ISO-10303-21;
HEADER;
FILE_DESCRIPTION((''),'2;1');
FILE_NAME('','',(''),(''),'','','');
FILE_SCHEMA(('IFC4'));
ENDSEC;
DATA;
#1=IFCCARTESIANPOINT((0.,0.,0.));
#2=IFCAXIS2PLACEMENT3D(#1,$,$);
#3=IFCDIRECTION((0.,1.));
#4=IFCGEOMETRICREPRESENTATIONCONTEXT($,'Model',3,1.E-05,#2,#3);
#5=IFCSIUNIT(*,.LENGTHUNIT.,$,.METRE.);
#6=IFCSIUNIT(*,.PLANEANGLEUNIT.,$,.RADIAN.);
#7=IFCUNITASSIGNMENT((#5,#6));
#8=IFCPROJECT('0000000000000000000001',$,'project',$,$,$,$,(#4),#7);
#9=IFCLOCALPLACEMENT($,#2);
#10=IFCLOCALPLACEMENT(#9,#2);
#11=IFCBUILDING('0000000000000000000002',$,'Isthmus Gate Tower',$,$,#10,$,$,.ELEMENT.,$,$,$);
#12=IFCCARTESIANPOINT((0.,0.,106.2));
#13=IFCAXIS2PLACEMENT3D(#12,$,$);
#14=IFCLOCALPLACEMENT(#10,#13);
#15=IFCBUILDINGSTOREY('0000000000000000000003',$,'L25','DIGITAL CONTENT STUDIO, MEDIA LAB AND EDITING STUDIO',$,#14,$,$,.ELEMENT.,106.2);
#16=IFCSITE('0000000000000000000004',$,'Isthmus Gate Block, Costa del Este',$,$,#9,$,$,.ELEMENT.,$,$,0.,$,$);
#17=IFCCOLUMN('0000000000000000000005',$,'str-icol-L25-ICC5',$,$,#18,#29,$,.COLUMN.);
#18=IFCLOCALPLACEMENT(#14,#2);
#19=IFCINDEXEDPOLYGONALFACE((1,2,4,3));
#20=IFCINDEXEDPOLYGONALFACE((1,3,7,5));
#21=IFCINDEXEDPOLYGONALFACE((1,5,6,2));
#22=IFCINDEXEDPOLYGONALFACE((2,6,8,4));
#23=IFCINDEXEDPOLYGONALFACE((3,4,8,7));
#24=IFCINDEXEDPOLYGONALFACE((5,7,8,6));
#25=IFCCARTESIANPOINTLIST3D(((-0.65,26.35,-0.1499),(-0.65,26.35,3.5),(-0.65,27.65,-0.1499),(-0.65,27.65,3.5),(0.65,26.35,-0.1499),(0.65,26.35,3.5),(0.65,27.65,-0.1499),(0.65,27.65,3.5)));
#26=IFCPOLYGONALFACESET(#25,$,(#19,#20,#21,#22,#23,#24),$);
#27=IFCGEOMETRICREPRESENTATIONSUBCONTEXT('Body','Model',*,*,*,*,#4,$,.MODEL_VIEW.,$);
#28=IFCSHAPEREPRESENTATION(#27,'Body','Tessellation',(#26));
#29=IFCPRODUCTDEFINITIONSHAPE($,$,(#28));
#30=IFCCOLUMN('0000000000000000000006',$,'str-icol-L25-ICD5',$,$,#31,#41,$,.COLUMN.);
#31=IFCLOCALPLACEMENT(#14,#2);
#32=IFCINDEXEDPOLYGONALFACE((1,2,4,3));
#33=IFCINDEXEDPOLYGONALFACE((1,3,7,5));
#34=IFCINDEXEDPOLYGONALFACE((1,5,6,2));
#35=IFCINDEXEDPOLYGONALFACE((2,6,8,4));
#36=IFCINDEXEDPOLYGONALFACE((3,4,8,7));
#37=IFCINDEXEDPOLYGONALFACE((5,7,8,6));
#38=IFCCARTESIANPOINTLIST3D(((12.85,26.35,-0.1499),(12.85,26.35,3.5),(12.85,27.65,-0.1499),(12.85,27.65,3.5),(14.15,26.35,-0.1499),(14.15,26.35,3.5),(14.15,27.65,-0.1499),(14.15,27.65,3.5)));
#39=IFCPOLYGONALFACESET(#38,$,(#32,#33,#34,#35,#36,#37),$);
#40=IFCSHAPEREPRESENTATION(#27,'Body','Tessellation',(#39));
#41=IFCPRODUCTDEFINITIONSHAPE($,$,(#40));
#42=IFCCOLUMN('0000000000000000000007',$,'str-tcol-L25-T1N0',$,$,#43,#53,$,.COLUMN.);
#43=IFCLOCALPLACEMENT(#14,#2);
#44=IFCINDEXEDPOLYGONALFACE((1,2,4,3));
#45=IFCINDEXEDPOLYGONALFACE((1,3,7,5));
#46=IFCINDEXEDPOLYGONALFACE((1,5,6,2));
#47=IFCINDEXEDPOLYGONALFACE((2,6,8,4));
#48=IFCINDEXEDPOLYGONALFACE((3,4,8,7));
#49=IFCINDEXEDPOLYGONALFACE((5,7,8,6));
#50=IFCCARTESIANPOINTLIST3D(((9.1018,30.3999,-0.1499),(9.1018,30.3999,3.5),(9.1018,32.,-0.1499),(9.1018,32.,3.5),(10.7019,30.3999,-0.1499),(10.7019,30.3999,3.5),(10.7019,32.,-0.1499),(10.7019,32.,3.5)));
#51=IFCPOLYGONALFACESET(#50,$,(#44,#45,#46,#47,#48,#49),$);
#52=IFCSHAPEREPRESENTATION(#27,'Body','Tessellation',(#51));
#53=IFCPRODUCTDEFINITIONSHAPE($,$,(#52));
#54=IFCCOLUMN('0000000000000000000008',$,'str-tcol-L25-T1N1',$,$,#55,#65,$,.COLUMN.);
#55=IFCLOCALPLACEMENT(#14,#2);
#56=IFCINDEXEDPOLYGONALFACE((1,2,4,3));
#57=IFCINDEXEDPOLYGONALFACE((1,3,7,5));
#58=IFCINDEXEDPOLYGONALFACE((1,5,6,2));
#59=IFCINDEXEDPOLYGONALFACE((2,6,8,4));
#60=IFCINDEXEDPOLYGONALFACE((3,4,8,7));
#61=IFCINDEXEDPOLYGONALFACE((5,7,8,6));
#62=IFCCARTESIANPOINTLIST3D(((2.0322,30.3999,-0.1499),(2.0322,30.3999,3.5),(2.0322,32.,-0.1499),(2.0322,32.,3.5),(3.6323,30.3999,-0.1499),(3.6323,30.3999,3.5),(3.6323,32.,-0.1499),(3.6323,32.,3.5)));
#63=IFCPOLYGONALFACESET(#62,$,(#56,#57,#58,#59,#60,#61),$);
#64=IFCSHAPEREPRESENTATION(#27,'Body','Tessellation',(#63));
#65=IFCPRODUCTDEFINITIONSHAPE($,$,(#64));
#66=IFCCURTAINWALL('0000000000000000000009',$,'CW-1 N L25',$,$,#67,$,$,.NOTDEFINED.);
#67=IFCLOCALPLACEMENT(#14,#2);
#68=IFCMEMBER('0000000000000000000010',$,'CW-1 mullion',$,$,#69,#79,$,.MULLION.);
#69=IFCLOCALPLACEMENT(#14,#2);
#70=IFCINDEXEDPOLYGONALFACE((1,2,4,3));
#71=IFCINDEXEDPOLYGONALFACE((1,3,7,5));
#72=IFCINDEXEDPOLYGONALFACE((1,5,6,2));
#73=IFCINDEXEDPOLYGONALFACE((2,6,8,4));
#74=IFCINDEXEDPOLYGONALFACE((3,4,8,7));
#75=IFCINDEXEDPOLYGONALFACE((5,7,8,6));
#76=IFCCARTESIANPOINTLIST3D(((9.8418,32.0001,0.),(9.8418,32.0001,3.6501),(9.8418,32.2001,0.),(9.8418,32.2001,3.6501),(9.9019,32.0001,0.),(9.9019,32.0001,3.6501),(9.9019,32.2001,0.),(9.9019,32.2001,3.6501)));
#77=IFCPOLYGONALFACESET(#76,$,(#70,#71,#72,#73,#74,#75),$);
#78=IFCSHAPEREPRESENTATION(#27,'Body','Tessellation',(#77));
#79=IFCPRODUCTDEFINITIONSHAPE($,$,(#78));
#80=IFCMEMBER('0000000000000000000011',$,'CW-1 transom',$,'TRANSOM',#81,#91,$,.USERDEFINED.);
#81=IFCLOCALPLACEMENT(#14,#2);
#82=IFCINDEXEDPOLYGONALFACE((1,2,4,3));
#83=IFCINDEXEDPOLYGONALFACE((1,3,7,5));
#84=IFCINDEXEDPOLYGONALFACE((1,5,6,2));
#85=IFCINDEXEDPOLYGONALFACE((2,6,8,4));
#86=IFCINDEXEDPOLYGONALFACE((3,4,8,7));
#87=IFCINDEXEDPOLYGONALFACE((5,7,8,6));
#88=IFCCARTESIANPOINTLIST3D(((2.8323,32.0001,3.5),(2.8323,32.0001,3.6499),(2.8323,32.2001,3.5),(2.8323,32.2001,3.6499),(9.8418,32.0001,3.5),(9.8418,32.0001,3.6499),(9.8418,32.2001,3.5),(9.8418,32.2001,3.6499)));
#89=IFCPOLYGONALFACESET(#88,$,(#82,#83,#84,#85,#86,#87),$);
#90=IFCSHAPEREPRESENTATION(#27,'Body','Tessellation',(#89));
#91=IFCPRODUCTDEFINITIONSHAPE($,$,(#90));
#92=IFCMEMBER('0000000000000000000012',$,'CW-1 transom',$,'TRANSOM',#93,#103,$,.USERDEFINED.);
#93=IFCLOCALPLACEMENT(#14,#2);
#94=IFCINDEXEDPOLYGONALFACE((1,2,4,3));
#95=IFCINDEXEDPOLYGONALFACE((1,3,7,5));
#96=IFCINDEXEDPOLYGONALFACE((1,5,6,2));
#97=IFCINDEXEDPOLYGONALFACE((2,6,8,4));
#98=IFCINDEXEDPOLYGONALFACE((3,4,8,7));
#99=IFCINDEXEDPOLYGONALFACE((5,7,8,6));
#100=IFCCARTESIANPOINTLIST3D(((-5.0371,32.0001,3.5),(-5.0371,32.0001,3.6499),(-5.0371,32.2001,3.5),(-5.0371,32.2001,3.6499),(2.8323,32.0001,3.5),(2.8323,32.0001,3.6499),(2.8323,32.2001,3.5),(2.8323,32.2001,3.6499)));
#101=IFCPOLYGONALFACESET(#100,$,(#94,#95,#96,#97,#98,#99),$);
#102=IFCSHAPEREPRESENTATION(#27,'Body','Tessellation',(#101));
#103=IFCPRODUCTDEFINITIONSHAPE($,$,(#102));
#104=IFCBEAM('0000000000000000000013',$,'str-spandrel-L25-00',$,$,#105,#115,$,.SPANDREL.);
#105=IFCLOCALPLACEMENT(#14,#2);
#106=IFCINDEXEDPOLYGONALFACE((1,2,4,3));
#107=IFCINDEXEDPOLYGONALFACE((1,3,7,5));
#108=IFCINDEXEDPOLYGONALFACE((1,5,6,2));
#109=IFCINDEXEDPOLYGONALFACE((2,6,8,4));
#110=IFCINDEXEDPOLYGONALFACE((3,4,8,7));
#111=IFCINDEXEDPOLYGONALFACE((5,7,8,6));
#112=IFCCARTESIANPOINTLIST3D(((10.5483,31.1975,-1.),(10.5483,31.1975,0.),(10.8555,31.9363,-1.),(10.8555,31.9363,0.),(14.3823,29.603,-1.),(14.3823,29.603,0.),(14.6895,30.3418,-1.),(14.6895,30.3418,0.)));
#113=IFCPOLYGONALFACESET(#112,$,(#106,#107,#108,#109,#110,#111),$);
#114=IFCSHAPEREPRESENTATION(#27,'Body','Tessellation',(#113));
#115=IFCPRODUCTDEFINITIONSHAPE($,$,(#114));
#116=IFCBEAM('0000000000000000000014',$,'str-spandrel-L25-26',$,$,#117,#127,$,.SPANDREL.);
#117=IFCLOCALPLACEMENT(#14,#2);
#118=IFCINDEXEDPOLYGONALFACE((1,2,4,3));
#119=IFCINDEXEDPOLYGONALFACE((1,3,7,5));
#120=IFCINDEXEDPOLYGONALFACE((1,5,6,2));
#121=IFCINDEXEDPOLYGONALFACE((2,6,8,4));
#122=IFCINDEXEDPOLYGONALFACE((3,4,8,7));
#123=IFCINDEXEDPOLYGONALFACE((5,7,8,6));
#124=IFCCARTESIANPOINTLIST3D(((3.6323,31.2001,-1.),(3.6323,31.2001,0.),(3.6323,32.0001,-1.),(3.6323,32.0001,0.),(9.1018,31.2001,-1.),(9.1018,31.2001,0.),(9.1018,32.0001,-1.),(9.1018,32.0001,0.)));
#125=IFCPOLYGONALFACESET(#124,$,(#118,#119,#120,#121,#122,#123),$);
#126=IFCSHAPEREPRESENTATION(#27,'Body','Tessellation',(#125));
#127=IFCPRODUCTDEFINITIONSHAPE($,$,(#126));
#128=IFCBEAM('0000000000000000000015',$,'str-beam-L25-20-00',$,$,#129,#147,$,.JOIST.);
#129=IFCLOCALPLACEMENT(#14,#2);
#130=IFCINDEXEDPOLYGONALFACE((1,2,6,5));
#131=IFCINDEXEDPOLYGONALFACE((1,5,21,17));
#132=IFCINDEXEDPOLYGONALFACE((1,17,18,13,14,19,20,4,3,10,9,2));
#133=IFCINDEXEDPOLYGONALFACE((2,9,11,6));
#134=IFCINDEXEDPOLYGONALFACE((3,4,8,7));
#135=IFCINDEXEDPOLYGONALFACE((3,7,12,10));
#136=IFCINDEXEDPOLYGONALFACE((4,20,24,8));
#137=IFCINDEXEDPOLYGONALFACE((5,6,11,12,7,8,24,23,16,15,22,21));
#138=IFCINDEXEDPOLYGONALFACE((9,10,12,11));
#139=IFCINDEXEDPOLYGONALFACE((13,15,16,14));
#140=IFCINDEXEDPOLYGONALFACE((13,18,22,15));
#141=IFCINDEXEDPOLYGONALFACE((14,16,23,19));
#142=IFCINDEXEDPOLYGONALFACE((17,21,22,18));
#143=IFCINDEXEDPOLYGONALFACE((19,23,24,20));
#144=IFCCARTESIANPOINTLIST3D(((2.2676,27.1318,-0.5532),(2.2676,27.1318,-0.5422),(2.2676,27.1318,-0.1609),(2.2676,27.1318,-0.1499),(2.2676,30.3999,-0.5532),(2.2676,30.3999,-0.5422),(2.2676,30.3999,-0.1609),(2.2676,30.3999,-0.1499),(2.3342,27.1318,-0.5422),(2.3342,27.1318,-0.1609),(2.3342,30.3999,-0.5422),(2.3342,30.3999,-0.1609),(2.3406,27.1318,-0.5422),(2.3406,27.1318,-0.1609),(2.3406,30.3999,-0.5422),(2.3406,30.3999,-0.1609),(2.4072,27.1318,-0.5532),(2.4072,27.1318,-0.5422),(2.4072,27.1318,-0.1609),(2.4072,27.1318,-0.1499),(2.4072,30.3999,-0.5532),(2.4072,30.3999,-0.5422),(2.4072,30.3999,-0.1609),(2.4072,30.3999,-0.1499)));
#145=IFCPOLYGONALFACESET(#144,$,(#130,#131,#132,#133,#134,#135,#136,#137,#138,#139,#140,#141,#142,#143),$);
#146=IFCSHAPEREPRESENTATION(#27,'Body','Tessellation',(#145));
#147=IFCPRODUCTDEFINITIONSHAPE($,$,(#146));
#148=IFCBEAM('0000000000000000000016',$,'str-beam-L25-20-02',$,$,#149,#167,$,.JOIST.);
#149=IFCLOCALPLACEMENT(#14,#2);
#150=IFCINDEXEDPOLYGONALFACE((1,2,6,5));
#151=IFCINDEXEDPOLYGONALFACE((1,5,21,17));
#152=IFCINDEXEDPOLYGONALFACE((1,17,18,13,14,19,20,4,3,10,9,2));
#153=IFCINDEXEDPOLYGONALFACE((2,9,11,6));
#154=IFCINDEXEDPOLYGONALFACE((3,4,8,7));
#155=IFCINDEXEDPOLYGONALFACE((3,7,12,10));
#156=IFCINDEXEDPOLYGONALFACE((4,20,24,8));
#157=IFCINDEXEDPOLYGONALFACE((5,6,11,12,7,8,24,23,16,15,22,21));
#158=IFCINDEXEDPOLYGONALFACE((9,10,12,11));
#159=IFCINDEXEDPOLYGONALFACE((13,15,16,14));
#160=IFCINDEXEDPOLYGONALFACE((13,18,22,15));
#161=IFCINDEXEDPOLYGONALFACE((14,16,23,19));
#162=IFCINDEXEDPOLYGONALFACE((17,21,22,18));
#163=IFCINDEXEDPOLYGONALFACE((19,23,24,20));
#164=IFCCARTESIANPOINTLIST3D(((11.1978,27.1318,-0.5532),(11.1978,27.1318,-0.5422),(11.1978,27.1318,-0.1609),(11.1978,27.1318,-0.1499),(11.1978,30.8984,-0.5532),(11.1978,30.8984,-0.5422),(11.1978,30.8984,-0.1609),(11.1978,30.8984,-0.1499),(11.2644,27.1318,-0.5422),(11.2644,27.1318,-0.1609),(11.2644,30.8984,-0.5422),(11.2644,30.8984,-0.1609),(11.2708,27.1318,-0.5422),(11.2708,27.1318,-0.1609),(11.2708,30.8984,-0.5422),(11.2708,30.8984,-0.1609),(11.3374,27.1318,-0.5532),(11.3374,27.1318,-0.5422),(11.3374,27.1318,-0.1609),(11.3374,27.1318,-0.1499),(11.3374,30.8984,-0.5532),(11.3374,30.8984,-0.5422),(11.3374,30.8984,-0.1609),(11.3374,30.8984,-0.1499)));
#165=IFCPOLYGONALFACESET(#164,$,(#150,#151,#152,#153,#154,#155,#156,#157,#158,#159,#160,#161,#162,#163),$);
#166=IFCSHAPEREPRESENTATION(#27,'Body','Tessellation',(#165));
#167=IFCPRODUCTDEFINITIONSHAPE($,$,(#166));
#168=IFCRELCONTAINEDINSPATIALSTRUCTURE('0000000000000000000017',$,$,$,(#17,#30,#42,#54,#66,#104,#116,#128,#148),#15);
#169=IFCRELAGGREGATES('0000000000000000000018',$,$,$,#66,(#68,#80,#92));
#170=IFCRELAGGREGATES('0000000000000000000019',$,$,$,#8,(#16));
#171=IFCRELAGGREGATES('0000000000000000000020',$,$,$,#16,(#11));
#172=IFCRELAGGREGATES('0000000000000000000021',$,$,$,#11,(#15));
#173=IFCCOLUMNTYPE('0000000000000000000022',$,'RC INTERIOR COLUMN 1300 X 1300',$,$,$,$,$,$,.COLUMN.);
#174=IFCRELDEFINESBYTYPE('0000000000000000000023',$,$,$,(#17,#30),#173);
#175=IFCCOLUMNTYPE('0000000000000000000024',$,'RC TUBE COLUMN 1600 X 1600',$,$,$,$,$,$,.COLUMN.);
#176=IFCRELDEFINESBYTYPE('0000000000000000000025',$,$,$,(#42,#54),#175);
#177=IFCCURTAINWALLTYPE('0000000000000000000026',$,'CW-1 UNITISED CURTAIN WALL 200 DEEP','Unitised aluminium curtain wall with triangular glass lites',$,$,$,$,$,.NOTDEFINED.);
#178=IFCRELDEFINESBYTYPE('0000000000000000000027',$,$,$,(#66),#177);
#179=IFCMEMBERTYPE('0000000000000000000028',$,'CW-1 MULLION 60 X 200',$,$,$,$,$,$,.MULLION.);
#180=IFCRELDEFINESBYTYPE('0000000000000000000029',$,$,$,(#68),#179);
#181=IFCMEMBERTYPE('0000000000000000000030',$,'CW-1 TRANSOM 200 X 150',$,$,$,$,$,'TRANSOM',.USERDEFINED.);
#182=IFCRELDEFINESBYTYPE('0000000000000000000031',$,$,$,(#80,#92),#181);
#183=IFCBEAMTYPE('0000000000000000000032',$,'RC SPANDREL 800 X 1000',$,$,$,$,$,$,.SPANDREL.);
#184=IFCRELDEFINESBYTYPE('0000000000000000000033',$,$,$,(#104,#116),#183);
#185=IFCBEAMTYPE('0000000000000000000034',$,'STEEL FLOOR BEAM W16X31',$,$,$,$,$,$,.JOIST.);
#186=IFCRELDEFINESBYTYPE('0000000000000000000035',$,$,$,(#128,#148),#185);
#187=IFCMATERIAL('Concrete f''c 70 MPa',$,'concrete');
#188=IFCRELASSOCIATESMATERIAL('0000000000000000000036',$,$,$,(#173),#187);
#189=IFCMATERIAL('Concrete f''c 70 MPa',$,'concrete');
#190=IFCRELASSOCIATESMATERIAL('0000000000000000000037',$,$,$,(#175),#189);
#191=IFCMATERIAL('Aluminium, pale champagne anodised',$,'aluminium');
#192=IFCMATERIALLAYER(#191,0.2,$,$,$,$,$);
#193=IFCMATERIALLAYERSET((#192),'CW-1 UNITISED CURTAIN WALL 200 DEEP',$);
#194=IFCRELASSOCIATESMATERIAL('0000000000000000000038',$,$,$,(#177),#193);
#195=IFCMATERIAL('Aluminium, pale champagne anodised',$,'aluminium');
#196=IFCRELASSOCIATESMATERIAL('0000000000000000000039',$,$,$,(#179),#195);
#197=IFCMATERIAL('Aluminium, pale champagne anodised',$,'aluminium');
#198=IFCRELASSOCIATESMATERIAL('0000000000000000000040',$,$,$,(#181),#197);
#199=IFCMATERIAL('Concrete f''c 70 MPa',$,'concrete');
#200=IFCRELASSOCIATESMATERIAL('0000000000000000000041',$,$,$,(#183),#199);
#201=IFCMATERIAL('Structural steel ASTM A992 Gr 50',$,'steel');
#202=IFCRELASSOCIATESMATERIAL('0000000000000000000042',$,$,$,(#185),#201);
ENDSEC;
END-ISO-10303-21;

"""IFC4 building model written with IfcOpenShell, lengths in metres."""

from ifc_helpers import new_model, si_unit, direction, frame, origin, origin_2d, place, context, subcontext, project, spatial, rectangle, i_section, extrude, material, layer, layer_set, material_profile, profile_set, type_object, element, aggregate, save


model = new_model("IFC4")

# Units and contexts
model_context = context("Model", 3, precision=1e-05, world=origin(), true_north=direction((0.0, 1.0)))
body_context = subcontext(model_context, "Body", "Model", "MODEL_VIEW")
ifc_project = project(units=[si_unit("LENGTHUNIT", "METRE"), si_unit("PLANEANGLEUNIT", "RADIAN")], contexts=[model_context])

# Site, building, storey
site_placement = place(None, origin())
site = spatial("IfcSite", under=ifc_project, at=site_placement, Name="Isthmus Gate Block, Costa del Este", CompositionType="ELEMENT", RefElevation=0.0)
building_placement = place(site_placement, origin())
building = spatial("IfcBuilding", under=site, at=building_placement, Name="Isthmus Gate Tower", CompositionType="ELEMENT")
storey_placement = place(building_placement, frame((0.0, 0.0, 106.2)))
storey = spatial("IfcBuildingStorey", under=building, at=storey_placement, Name="L25", Description="DIGITAL CONTENT STUDIO, MEDIA LAB AND EDITING STUDIO", CompositionType="ELEMENT", Elevation=106.2)

# Columns
ifc_material_1 = material(Name="Concrete f'c 70 MPa", Category="concrete")
ifc_material_profile_1 = material_profile(ifc_material_1, rectangle(XDim=1.3, YDim=1.3, at=origin_2d()), Name="RC 1300X1300")
ifc_profile_set_1 = profile_set([ifc_material_profile_1], Name="Concrete f'c 70 MPa")
column_type_1 = type_object("IfcColumnType", Name="RC INTERIOR COLUMN 1300 X 1300", PredefinedType="COLUMN", material=ifc_profile_set_1)
for number, where, z_axis, x_axis, name in (
    (1, (0.0, 27.0, -0.1499), (0.0, 0.0, 1.0), (1.0, 0.0, 0.0), "str-icol-L25-ICC5"),
    (2, (13.5, 27.0, -0.1499), (0.0, 0.0, 1.0), (1.0, 0.0, 0.0), "str-icol-L25-ICD5"),
):
    element("IfcColumn", number, at=place(storey_placement, frame(where, z_axis=z_axis, x_axis=x_axis)), inside=storey, type_object=column_type_1, Name=name, PredefinedType="COLUMN", context=body_context, shape_type="SweptSolid", body=[
        extrude(rectangle(XDim=1.3, YDim=1.3, at=origin_2d()), origin(), (0.0, 0.0, 1.0), 3.6499),
    ])
ifc_material_2 = material(Name="Concrete f'c 70 MPa", Category="concrete")
ifc_material_profile_2 = material_profile(ifc_material_2, rectangle(XDim=1.6001, YDim=1.6001, at=origin_2d()), Name="RC 1600X1600")
ifc_profile_set_2 = profile_set([ifc_material_profile_2], Name="Concrete f'c 70 MPa")
column_type_2 = type_object("IfcColumnType", Name="RC TUBE COLUMN 1600 X 1600", PredefinedType="COLUMN", material=ifc_profile_set_2)
for number, where, z_axis, x_axis, name in (
    (3, (9.9019, 31.2, -0.1499), (0.0, 0.0, 1.0), (-1.0, 0.0, 0.0), "str-tcol-L25-T1N0"),
    (4, (2.8323, 31.2, -0.1499), (0.0, 0.0, 1.0), (-1.0, 0.0, 0.0), "str-tcol-L25-T1N1"),
):
    element("IfcColumn", number, at=place(storey_placement, frame(where, z_axis=z_axis, x_axis=x_axis)), inside=storey, type_object=column_type_2, Name=name, PredefinedType="COLUMN", context=body_context, shape_type="SweptSolid", body=[
        extrude(rectangle(XDim=1.6001, YDim=1.6001, at=origin_2d()), origin(), (0.0, 0.0, 1.0), 3.6499),
    ])

# Curtain wall, members
ifc_material_3 = material(Name="Aluminium, pale champagne anodised", Category="aluminium")
ifc_layer_1 = layer(ifc_material_3, 0.2)
ifc_layer_set_1 = layer_set([ifc_layer_1], Name="CW-1 UNITISED CURTAIN WALL 200 DEEP")
curtain_wall_type = type_object("IfcCurtainWallType", Name="CW-1 UNITISED CURTAIN WALL 200 DEEP", Description="Unitised aluminium curtain wall with triangular glass lites", PredefinedType="NOTDEFINED", material=ifc_layer_set_1)
curtain_wall_1_placement = place(storey_placement, origin())
curtain_wall_1 = element("IfcCurtainWall", 5, at=curtain_wall_1_placement, inside=storey, type_object=curtain_wall_type, Name="CW-1 N L25", PredefinedType="NOTDEFINED")
ifc_material_4 = material(Name="Aluminium, pale champagne anodised", Category="aluminium")
ifc_material_profile_3 = material_profile(ifc_material_4, rectangle(XDim=0.0601, YDim=0.2, at=origin_2d()), Name="60x200")
ifc_profile_set_3 = profile_set([ifc_material_profile_3], Name="Aluminium, pale champagne anodised")
member_type_1 = type_object("IfcMemberType", Name="CW-1 MULLION 60 X 200", PredefinedType="MULLION", material=ifc_profile_set_3)
member_1_placement = place(storey_placement, frame((9.8718, 32.1001, 0.0), z_axis=(0.0, 0.0, 1.0), x_axis=(-1.0, 0.0, 0.0)))
member_1 = element("IfcMember", 6, at=member_1_placement, type_object=member_type_1, Name="CW-1 mullion", PredefinedType="MULLION", context=body_context, shape_type="SweptSolid", body=[
    extrude(rectangle(XDim=0.0601, YDim=0.2, at=origin_2d()), origin(), (0.0, 0.0, 1.0), 3.6501),
])
ifc_material_5 = material(Name="Aluminium, pale champagne anodised", Category="aluminium")
ifc_material_profile_4 = material_profile(ifc_material_5, rectangle(XDim=0.2, YDim=0.1499, at=origin_2d()), Name="200x150")
ifc_profile_set_4 = profile_set([ifc_material_profile_4], Name="Aluminium, pale champagne anodised")
member_type_2 = type_object("IfcMemberType", Name="CW-1 TRANSOM 200 X 150", ElementType="TRANSOM", PredefinedType="USERDEFINED", material=ifc_profile_set_4)
member_2_placement = place(storey_placement, frame((9.8418, 32.1001, 3.575), z_axis=(-1.0, 0.0, 0.0), x_axis=(0.0, -1.0, 0.0)))
member_2 = element("IfcMember", 7, at=member_2_placement, type_object=member_type_2, Name="CW-1 transom", ObjectType="TRANSOM", PredefinedType="USERDEFINED", context=body_context, shape_type="SweptSolid", body=[
    extrude(rectangle(XDim=0.2, YDim=0.1499, at=origin_2d()), origin(), (0.0, 0.0, 1.0), 7.0095),
])
member_3_placement = place(storey_placement, frame((2.8323, 32.1001, 3.575), z_axis=(-1.0, 0.0, 0.0), x_axis=(0.0, -1.0, 0.0)))
member_3 = element("IfcMember", 8, at=member_3_placement, type_object=member_type_2, Name="CW-1 transom", ObjectType="TRANSOM", PredefinedType="USERDEFINED", context=body_context, shape_type="SweptSolid", body=[
    extrude(rectangle(XDim=0.2, YDim=0.1499, at=origin_2d()), origin(), (0.0, 0.0, 1.0), 7.8694),
])

# Beams
ifc_material_6 = material(Name="Concrete f'c 70 MPa", Category="concrete")
ifc_material_profile_5 = material_profile(ifc_material_6, rectangle(XDim=0.8, YDim=1.0, at=origin_2d()), Name="RC 800X1000")
ifc_profile_set_5 = profile_set([ifc_material_profile_5], Name="Concrete f'c 70 MPa")
beam_type_1 = type_object("IfcBeamType", Name="RC SPANDREL 800 X 1000", PredefinedType="SPANDREL", material=ifc_profile_set_5)
beam_1_placement = place(storey_placement, frame((10.7019, 31.5669, -0.5), z_axis=(0.923334, -0.383997, 0.0), x_axis=(0.383997, 0.923334, 0.0)))
element("IfcBeam", 9, at=beam_1_placement, inside=storey, type_object=beam_type_1, Name="str-spandrel-L25-00", PredefinedType="SPANDREL", context=body_context, shape_type="SweptSolid", body=[
    extrude(rectangle(XDim=0.8, YDim=1.0, at=origin_2d()), origin(), (0.0, 0.0, 1.0), 4.1523),
])
beam_2_placement = place(storey_placement, frame((3.6323, 31.6001, -0.5), z_axis=(1.0, 0.0, 0.0), x_axis=(0.0, 1.0, 0.0)))
element("IfcBeam", 10, at=beam_2_placement, inside=storey, type_object=beam_type_1, Name="str-spandrel-L25-26", PredefinedType="SPANDREL", context=body_context, shape_type="SweptSolid", body=[
    extrude(rectangle(XDim=0.8, YDim=1.0, at=origin_2d()), origin(), (0.0, 0.0, 1.0), 5.4695),
])
ifc_material_7 = material(Name="Structural steel ASTM A992 Gr 50", Category="steel")
ifc_material_profile_6 = material_profile(ifc_material_7, i_section(OverallWidth=0.1396, OverallDepth=0.4033, WebThickness=0.0063, FlangeThickness=0.011, at=origin_2d()), Name="W16X31")
ifc_profile_set_6 = profile_set([ifc_material_profile_6], Name="Structural steel ASTM A992 Gr 50")
beam_type_2 = type_object("IfcBeamType", Name="STEEL FLOOR BEAM W16X31", PredefinedType="JOIST", material=ifc_profile_set_6)
beam_3_placement = place(storey_placement, frame((2.3374, 27.1318, -0.3516), z_axis=(0.0, 1.0, 0.0), x_axis=(-1.0, 0.0, 0.0)))
element("IfcBeam", 11, at=beam_3_placement, inside=storey, type_object=beam_type_2, Name="str-beam-L25-20-00", PredefinedType="JOIST", context=body_context, shape_type="SweptSolid", body=[
    extrude(i_section(OverallWidth=0.1396, OverallDepth=0.4033, WebThickness=0.0063, FlangeThickness=0.011, at=origin_2d()), origin(), (0.0, 0.0, 1.0), 3.2681),
])
beam_4_placement = place(storey_placement, frame((11.2676, 27.1318, -0.3516), z_axis=(0.0, 1.0, 0.0), x_axis=(-1.0, 0.0, 0.0)))
element("IfcBeam", 12, at=beam_4_placement, inside=storey, type_object=beam_type_2, Name="str-beam-L25-20-02", PredefinedType="JOIST", context=body_context, shape_type="SweptSolid", body=[
    extrude(i_section(OverallWidth=0.1396, OverallDepth=0.4033, WebThickness=0.0063, FlangeThickness=0.011, at=origin_2d()), origin(), (0.0, 0.0, 1.0), 3.7666),
])

aggregate(curtain_wall_1, [member_1, member_2, member_3])

save(model, "model.ifc")
